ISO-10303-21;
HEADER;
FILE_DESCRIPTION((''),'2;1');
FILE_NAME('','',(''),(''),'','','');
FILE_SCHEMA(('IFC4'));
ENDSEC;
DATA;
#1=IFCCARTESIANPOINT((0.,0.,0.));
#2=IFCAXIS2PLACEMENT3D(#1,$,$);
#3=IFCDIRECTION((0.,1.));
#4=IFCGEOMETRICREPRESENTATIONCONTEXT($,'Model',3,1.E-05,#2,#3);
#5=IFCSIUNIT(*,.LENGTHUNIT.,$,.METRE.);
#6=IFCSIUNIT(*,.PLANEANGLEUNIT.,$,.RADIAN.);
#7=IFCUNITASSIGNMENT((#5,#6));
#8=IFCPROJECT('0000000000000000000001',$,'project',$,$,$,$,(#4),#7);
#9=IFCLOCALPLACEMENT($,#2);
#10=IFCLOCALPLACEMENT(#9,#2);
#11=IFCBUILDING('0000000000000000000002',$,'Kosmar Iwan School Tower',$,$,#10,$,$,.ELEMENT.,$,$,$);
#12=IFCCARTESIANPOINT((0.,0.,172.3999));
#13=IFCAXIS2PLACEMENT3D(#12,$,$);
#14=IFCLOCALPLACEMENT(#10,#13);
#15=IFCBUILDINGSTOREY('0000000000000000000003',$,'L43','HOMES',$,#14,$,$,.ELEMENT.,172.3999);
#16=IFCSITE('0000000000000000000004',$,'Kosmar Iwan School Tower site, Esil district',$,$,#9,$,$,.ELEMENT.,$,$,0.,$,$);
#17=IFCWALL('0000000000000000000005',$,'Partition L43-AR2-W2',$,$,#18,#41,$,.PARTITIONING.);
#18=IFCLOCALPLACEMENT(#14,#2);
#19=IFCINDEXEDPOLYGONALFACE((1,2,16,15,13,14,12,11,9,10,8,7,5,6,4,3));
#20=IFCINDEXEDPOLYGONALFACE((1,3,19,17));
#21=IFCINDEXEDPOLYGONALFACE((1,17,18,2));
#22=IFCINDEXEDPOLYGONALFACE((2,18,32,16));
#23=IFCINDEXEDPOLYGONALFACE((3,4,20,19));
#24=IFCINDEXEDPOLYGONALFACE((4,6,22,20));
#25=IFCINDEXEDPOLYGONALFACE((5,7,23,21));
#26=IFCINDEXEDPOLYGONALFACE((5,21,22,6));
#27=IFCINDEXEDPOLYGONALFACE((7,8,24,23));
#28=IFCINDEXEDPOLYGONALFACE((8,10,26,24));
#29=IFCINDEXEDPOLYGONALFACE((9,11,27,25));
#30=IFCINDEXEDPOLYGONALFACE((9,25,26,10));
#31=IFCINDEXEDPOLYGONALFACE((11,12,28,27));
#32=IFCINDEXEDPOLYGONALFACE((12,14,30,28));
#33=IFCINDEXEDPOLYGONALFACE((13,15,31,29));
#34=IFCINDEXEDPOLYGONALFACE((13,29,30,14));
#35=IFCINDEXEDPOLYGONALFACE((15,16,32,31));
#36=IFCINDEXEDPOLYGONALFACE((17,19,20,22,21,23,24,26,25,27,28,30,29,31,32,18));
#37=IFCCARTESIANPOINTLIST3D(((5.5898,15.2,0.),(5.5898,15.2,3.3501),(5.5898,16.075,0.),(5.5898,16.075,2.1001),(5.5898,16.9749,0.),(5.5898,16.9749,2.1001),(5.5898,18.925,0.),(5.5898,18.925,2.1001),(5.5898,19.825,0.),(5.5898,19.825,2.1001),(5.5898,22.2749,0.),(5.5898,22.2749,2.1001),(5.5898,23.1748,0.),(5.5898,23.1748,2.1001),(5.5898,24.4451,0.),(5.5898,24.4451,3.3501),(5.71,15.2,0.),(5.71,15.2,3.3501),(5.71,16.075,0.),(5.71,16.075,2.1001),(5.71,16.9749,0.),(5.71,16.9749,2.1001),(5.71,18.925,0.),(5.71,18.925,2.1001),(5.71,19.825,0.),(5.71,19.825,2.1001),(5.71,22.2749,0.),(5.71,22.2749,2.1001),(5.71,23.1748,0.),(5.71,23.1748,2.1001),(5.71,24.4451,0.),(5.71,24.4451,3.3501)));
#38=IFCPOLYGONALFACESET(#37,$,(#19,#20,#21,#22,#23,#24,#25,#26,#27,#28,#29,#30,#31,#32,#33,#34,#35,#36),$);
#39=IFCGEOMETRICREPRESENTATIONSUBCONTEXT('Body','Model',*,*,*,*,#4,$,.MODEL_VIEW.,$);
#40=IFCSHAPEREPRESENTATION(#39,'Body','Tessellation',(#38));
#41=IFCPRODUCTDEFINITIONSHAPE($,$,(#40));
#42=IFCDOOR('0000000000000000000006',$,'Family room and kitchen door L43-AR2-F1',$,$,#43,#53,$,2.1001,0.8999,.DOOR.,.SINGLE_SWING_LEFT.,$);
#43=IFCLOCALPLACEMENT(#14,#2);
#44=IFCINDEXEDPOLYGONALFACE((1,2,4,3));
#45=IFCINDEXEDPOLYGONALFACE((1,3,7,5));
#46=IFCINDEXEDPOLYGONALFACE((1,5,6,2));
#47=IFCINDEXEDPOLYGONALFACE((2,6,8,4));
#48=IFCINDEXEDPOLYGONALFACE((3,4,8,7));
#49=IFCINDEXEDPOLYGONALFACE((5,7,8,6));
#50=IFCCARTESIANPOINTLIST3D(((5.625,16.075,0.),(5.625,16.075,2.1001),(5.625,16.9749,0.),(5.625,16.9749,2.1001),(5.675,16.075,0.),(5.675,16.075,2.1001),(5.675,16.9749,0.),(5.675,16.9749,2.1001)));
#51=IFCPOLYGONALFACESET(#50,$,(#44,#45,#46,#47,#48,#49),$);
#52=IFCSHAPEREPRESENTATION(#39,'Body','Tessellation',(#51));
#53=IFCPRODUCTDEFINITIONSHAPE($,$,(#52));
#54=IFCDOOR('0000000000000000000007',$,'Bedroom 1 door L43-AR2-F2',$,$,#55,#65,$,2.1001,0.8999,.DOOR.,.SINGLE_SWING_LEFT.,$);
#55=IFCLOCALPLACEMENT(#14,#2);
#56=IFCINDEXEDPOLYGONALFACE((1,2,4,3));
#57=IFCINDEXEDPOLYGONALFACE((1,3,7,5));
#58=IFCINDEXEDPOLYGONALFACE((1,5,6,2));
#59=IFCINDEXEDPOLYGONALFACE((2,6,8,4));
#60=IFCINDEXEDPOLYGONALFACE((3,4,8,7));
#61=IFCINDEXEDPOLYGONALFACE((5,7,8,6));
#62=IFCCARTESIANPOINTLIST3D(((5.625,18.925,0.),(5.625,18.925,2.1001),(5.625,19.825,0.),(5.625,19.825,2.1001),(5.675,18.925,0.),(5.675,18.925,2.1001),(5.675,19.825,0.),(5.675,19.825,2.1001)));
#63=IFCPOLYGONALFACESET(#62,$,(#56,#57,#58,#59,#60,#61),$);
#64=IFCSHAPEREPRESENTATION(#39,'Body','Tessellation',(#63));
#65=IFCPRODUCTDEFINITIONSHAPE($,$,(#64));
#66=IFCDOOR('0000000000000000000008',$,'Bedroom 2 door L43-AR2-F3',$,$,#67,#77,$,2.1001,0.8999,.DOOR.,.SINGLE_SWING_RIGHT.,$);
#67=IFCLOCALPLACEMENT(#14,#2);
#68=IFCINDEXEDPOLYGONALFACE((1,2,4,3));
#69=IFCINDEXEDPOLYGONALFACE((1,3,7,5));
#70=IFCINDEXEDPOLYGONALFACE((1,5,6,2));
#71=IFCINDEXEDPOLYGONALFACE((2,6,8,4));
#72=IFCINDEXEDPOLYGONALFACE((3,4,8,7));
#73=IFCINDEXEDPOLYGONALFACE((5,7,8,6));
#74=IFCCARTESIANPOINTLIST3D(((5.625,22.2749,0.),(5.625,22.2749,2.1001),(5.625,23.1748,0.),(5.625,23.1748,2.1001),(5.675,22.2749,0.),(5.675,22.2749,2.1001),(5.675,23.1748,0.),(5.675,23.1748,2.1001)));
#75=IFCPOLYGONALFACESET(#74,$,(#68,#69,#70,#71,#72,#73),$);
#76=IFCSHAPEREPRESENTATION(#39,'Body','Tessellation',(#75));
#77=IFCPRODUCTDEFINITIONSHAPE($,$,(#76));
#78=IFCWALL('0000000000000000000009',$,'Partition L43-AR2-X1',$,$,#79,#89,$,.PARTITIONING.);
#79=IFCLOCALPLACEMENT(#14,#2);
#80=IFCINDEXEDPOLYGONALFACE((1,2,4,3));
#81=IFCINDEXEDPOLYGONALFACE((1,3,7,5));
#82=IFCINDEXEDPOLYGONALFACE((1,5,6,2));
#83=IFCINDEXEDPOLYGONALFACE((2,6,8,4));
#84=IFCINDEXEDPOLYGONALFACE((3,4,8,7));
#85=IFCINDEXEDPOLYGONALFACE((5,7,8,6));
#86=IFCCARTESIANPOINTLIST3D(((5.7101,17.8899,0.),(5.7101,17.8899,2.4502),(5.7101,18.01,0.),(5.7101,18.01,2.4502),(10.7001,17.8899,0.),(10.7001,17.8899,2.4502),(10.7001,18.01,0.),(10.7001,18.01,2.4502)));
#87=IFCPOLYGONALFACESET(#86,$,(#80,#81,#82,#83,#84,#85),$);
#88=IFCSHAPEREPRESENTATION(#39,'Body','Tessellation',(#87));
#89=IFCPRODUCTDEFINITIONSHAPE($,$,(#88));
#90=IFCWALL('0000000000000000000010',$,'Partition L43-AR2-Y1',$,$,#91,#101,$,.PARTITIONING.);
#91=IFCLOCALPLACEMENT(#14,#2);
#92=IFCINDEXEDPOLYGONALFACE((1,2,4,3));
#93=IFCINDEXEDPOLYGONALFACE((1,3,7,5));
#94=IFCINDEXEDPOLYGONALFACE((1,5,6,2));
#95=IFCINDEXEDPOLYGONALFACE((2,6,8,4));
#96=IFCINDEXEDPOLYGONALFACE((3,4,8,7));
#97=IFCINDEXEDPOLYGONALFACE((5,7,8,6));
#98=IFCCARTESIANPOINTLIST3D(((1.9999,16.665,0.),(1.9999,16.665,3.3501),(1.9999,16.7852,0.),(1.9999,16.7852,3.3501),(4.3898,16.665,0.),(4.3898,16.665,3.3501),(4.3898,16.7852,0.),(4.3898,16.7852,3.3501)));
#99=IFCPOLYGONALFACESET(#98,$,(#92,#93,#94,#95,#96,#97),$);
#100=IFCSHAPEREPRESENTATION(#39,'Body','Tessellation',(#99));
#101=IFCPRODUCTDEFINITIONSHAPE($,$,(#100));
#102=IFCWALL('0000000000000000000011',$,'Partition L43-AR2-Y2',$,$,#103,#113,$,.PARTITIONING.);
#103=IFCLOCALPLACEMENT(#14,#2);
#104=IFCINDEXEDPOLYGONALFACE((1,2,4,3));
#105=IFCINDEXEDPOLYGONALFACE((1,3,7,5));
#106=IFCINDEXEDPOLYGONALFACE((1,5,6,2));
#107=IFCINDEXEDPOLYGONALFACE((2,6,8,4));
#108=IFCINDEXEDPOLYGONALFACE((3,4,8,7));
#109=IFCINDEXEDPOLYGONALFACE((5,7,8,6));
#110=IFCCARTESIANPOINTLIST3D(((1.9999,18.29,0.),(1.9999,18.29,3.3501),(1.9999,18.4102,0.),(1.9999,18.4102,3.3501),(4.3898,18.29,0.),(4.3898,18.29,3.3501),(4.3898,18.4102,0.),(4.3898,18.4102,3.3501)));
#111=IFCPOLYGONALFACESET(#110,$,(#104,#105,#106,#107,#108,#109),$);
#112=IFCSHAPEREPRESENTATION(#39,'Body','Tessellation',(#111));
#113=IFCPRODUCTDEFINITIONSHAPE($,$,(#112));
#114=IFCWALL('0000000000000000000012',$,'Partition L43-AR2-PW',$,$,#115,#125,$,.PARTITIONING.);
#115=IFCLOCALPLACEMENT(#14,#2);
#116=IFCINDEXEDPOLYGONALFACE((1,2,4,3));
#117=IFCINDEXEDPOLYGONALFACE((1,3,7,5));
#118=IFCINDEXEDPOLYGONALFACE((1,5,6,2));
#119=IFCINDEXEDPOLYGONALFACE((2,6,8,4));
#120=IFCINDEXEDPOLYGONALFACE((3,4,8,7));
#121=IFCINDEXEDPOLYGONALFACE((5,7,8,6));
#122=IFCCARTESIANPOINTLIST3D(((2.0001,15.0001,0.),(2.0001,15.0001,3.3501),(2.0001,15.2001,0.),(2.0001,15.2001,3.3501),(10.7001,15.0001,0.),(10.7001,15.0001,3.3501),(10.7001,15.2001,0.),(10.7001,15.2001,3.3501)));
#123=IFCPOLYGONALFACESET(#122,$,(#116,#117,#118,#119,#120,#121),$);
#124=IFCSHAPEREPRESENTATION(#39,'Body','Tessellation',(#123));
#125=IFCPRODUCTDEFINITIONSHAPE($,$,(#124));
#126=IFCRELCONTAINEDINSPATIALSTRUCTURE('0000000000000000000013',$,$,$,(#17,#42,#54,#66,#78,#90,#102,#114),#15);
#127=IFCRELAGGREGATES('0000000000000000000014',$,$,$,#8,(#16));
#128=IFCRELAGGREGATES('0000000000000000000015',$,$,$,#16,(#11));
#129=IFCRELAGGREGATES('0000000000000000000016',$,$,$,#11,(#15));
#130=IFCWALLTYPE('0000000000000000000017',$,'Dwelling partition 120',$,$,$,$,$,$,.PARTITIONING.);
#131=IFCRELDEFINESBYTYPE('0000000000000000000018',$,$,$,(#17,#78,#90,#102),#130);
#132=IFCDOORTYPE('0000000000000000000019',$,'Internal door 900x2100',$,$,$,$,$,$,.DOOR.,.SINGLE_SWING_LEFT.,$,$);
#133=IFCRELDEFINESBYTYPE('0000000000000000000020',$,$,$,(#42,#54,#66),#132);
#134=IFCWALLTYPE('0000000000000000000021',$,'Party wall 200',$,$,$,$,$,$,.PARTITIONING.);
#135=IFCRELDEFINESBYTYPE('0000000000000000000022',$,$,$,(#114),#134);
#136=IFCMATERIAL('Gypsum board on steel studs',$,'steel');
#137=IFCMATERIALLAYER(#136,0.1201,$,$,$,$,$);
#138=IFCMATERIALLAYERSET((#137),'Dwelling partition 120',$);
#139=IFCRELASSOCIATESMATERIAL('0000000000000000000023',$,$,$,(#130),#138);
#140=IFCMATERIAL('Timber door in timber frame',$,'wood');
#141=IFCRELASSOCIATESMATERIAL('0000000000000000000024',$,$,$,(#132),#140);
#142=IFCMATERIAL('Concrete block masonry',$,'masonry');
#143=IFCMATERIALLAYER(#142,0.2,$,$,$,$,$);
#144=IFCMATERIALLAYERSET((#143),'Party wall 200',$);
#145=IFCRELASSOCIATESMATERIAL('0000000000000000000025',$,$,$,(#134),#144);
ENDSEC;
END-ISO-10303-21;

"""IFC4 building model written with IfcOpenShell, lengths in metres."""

from ifc_helpers import new_model, si_unit, direction, frame, frame_2d, origin, place, context, subcontext, project, spatial, rectangle, extrude, material, layer, layer_set, type_object, element, fill, save


model = new_model("IFC4")

# Units and contexts
model_context = context("Model", 3, precision=1e-05, world=origin(), true_north=direction((0.0, 1.0)))
body_context = subcontext(model_context, "Body", "Model", "MODEL_VIEW")
ifc_project = project(units=[si_unit("LENGTHUNIT", "METRE"), si_unit("PLANEANGLEUNIT", "RADIAN")], contexts=[model_context])

# Site, building, storey
site_placement = place(None, origin())
site = spatial("IfcSite", under=ifc_project, at=site_placement, Name="Kosmar Iwan School Tower site, Esil district", CompositionType="ELEMENT", RefElevation=0.0)
building_placement = place(site_placement, origin())
building = spatial("IfcBuilding", under=site, at=building_placement, Name="Kosmar Iwan School Tower", CompositionType="ELEMENT")
storey_placement = place(building_placement, frame((0.0, 0.0, 172.3999)))
storey = spatial("IfcBuildingStorey", under=building, at=storey_placement, Name="L43", Description="HOMES", CompositionType="ELEMENT", Elevation=172.3999)

# Shared definitions
ifc_material_1 = material(Name="Gypsum board on steel studs", Category="steel")
ifc_layer_1 = layer(ifc_material_1, 0.1201)
ifc_layer_set_1 = layer_set([ifc_layer_1], Name="Dwelling partition 120")
wall_type_1 = type_object("IfcWallType", Name="Dwelling partition 120", PredefinedType="PARTITIONING", material=ifc_layer_set_1)

# Wall, openings, doors
ifc_material_2 = material(Name="Timber door in timber frame", Category="wood")
door_type_1 = type_object("IfcDoorType", Name="Internal door 900x2100", OperationType="SINGLE_SWING_LEFT", PredefinedType="DOOR", material=ifc_material_2)
wall_1_placement = place(storey_placement, frame((5.6499, 15.2, 0.0), z_axis=(0.0, 0.0, 1.0), x_axis=(0.0, 1.0, 0.0)))
wall_1 = element("IfcWall", 1, at=wall_1_placement, inside=storey, type_object=wall_type_1, Name="Partition L43-AR2-W2", PredefinedType="PARTITIONING", context=body_context, shape_type="SweptSolid", body=[
    extrude(rectangle(XDim=9.2451, YDim=0.1201, at=frame_2d((4.6226, 0.0))), origin(), (0.0, 0.0, 1.0), 3.3501),
])
opening_1_placement = place(wall_1_placement, frame((0.875, 0.0, 0.0)))
opening_1 = element("IfcOpeningElement", 2, at=opening_1_placement, cuts=wall_1, PredefinedType="OPENING", context=body_context, shape_type="SweptSolid", body=[
    extrude(rectangle(XDim=0.8999, YDim=2.1001, at=frame_2d((0.45, 1.05))), frame((0.0, 0.072, 0.0), z_axis=(0.0, -1.0, 0.0), x_axis=(1.0, 0.0, 0.0)), (0.0, 0.0, 1.0), 0.144),
])
opening_2_placement = place(wall_1_placement, frame((3.7251, 0.0, 0.0)))
opening_2 = element("IfcOpeningElement", 3, at=opening_2_placement, cuts=wall_1, PredefinedType="OPENING", context=body_context, shape_type="SweptSolid", body=[
    extrude(rectangle(XDim=0.8999, YDim=2.1001, at=frame_2d((0.45, 1.05))), frame((0.0, 0.072, 0.0), z_axis=(0.0, -1.0, 0.0), x_axis=(1.0, 0.0, 0.0)), (0.0, 0.0, 1.0), 0.144),
])
opening_3_placement = place(wall_1_placement, frame((7.075, 0.0, 0.0)))
opening_3 = element("IfcOpeningElement", 4, at=opening_3_placement, cuts=wall_1, PredefinedType="OPENING", context=body_context, shape_type="SweptSolid", body=[
    extrude(rectangle(XDim=0.8999, YDim=2.1001, at=frame_2d((0.45, 1.05))), frame((0.0, 0.072, 0.0), z_axis=(0.0, -1.0, 0.0), x_axis=(1.0, 0.0, 0.0)), (0.0, 0.0, 1.0), 0.144),
])
door_1_placement = place(opening_1_placement, origin())
door_1 = element("IfcDoor", 5, at=door_1_placement, inside=storey, type_object=door_type_1, Name="Family room and kitchen door L43-AR2-F1", OperationType="SINGLE_SWING_LEFT", OverallHeight=2.1001, OverallWidth=0.8999, PredefinedType="DOOR", context=body_context, shape_type="SweptSolid", body=[
    extrude(rectangle(XDim=0.8999, YDim=2.1001, at=frame_2d((0.45, 1.05))), frame((0.0, 0.0249, 0.0), z_axis=(0.0, -1.0, 0.0), x_axis=(1.0, 0.0, 0.0)), (0.0, 0.0, 1.0), 0.05),
])
fill(opening_1, door_1)
door_2_placement = place(opening_2_placement, origin())
door_2 = element("IfcDoor", 6, at=door_2_placement, inside=storey, type_object=door_type_1, Name="Bedroom 1 door L43-AR2-F2", OperationType="SINGLE_SWING_LEFT", OverallHeight=2.1001, OverallWidth=0.8999, PredefinedType="DOOR", context=body_context, shape_type="SweptSolid", body=[
    extrude(rectangle(XDim=0.8999, YDim=2.1001, at=frame_2d((0.45, 1.05))), frame((0.0, 0.0249, 0.0), z_axis=(0.0, -1.0, 0.0), x_axis=(1.0, 0.0, 0.0)), (0.0, 0.0, 1.0), 0.05),
])
fill(opening_2, door_2)
door_3_placement = place(opening_3_placement, origin())
door_3 = element("IfcDoor", 7, at=door_3_placement, inside=storey, type_object=door_type_1, Name="Bedroom 2 door L43-AR2-F3", OperationType="SINGLE_SWING_RIGHT", OverallHeight=2.1001, OverallWidth=0.8999, PredefinedType="DOOR", context=body_context, shape_type="SweptSolid", body=[
    extrude(rectangle(XDim=0.8999, YDim=2.1001, at=frame_2d((0.45, 1.05))), frame((0.0, 0.0249, 0.0), z_axis=(0.0, -1.0, 0.0), x_axis=(1.0, 0.0, 0.0)), (0.0, 0.0, 1.0), 0.05),
])
fill(opening_3, door_3)

# Walls
wall_2_placement = place(storey_placement, frame((5.71, 17.95, 0.0), z_axis=(0.0, 0.0, 1.0), x_axis=(1.0, 0.0, 0.0)))
element("IfcWall", 8, at=wall_2_placement, inside=storey, type_object=wall_type_1, Name="Partition L43-AR2-X1", PredefinedType="PARTITIONING", context=body_context, shape_type="SweptSolid", body=[
    extrude(rectangle(XDim=4.99, YDim=0.1201, at=frame_2d((2.4951, 0.0))), origin(), (0.0, 0.0, 1.0), 2.4502),
])
for number, where, z_axis, x_axis, name in (
    (9, (2.0, 16.7251, 0.0), (0.0, 0.0, 1.0), (1.0, 0.0, 0.0), "Partition L43-AR2-Y1"),
    (10, (2.0, 18.3501, 0.0), (0.0, 0.0, 1.0), (1.0, 0.0, 0.0), "Partition L43-AR2-Y2"),
):
    element("IfcWall", number, at=place(storey_placement, frame(where, z_axis=z_axis, x_axis=x_axis)), inside=storey, type_object=wall_type_1, Name=name, PredefinedType="PARTITIONING", context=body_context, shape_type="SweptSolid", body=[
        extrude(rectangle(XDim=2.3899, YDim=0.1201, at=frame_2d((1.1948, 0.0))), origin(), (0.0, 0.0, 1.0), 3.3501),
    ])
ifc_material_3 = material(Name="Concrete block masonry", Category="masonry")
ifc_layer_2 = layer(ifc_material_3, 0.2)
ifc_layer_set_2 = layer_set([ifc_layer_2], Name="Party wall 200")
wall_type_2 = type_object("IfcWallType", Name="Party wall 200", PredefinedType="PARTITIONING", material=ifc_layer_set_2)
wall_3_placement = place(storey_placement, frame((2.0, 15.1001, 0.0), z_axis=(0.0, 0.0, 1.0), x_axis=(1.0, 0.0, 0.0)))
element("IfcWall", 11, at=wall_3_placement, inside=storey, type_object=wall_type_2, Name="Partition L43-AR2-PW", PredefinedType="PARTITIONING", context=body_context, shape_type="SweptSolid", body=[
    extrude(rectangle(XDim=8.7, YDim=0.2, at=frame_2d((4.3501, 0.0))), origin(), (0.0, 0.0, 1.0), 3.3501),
])

save(model, "model.ifc")
